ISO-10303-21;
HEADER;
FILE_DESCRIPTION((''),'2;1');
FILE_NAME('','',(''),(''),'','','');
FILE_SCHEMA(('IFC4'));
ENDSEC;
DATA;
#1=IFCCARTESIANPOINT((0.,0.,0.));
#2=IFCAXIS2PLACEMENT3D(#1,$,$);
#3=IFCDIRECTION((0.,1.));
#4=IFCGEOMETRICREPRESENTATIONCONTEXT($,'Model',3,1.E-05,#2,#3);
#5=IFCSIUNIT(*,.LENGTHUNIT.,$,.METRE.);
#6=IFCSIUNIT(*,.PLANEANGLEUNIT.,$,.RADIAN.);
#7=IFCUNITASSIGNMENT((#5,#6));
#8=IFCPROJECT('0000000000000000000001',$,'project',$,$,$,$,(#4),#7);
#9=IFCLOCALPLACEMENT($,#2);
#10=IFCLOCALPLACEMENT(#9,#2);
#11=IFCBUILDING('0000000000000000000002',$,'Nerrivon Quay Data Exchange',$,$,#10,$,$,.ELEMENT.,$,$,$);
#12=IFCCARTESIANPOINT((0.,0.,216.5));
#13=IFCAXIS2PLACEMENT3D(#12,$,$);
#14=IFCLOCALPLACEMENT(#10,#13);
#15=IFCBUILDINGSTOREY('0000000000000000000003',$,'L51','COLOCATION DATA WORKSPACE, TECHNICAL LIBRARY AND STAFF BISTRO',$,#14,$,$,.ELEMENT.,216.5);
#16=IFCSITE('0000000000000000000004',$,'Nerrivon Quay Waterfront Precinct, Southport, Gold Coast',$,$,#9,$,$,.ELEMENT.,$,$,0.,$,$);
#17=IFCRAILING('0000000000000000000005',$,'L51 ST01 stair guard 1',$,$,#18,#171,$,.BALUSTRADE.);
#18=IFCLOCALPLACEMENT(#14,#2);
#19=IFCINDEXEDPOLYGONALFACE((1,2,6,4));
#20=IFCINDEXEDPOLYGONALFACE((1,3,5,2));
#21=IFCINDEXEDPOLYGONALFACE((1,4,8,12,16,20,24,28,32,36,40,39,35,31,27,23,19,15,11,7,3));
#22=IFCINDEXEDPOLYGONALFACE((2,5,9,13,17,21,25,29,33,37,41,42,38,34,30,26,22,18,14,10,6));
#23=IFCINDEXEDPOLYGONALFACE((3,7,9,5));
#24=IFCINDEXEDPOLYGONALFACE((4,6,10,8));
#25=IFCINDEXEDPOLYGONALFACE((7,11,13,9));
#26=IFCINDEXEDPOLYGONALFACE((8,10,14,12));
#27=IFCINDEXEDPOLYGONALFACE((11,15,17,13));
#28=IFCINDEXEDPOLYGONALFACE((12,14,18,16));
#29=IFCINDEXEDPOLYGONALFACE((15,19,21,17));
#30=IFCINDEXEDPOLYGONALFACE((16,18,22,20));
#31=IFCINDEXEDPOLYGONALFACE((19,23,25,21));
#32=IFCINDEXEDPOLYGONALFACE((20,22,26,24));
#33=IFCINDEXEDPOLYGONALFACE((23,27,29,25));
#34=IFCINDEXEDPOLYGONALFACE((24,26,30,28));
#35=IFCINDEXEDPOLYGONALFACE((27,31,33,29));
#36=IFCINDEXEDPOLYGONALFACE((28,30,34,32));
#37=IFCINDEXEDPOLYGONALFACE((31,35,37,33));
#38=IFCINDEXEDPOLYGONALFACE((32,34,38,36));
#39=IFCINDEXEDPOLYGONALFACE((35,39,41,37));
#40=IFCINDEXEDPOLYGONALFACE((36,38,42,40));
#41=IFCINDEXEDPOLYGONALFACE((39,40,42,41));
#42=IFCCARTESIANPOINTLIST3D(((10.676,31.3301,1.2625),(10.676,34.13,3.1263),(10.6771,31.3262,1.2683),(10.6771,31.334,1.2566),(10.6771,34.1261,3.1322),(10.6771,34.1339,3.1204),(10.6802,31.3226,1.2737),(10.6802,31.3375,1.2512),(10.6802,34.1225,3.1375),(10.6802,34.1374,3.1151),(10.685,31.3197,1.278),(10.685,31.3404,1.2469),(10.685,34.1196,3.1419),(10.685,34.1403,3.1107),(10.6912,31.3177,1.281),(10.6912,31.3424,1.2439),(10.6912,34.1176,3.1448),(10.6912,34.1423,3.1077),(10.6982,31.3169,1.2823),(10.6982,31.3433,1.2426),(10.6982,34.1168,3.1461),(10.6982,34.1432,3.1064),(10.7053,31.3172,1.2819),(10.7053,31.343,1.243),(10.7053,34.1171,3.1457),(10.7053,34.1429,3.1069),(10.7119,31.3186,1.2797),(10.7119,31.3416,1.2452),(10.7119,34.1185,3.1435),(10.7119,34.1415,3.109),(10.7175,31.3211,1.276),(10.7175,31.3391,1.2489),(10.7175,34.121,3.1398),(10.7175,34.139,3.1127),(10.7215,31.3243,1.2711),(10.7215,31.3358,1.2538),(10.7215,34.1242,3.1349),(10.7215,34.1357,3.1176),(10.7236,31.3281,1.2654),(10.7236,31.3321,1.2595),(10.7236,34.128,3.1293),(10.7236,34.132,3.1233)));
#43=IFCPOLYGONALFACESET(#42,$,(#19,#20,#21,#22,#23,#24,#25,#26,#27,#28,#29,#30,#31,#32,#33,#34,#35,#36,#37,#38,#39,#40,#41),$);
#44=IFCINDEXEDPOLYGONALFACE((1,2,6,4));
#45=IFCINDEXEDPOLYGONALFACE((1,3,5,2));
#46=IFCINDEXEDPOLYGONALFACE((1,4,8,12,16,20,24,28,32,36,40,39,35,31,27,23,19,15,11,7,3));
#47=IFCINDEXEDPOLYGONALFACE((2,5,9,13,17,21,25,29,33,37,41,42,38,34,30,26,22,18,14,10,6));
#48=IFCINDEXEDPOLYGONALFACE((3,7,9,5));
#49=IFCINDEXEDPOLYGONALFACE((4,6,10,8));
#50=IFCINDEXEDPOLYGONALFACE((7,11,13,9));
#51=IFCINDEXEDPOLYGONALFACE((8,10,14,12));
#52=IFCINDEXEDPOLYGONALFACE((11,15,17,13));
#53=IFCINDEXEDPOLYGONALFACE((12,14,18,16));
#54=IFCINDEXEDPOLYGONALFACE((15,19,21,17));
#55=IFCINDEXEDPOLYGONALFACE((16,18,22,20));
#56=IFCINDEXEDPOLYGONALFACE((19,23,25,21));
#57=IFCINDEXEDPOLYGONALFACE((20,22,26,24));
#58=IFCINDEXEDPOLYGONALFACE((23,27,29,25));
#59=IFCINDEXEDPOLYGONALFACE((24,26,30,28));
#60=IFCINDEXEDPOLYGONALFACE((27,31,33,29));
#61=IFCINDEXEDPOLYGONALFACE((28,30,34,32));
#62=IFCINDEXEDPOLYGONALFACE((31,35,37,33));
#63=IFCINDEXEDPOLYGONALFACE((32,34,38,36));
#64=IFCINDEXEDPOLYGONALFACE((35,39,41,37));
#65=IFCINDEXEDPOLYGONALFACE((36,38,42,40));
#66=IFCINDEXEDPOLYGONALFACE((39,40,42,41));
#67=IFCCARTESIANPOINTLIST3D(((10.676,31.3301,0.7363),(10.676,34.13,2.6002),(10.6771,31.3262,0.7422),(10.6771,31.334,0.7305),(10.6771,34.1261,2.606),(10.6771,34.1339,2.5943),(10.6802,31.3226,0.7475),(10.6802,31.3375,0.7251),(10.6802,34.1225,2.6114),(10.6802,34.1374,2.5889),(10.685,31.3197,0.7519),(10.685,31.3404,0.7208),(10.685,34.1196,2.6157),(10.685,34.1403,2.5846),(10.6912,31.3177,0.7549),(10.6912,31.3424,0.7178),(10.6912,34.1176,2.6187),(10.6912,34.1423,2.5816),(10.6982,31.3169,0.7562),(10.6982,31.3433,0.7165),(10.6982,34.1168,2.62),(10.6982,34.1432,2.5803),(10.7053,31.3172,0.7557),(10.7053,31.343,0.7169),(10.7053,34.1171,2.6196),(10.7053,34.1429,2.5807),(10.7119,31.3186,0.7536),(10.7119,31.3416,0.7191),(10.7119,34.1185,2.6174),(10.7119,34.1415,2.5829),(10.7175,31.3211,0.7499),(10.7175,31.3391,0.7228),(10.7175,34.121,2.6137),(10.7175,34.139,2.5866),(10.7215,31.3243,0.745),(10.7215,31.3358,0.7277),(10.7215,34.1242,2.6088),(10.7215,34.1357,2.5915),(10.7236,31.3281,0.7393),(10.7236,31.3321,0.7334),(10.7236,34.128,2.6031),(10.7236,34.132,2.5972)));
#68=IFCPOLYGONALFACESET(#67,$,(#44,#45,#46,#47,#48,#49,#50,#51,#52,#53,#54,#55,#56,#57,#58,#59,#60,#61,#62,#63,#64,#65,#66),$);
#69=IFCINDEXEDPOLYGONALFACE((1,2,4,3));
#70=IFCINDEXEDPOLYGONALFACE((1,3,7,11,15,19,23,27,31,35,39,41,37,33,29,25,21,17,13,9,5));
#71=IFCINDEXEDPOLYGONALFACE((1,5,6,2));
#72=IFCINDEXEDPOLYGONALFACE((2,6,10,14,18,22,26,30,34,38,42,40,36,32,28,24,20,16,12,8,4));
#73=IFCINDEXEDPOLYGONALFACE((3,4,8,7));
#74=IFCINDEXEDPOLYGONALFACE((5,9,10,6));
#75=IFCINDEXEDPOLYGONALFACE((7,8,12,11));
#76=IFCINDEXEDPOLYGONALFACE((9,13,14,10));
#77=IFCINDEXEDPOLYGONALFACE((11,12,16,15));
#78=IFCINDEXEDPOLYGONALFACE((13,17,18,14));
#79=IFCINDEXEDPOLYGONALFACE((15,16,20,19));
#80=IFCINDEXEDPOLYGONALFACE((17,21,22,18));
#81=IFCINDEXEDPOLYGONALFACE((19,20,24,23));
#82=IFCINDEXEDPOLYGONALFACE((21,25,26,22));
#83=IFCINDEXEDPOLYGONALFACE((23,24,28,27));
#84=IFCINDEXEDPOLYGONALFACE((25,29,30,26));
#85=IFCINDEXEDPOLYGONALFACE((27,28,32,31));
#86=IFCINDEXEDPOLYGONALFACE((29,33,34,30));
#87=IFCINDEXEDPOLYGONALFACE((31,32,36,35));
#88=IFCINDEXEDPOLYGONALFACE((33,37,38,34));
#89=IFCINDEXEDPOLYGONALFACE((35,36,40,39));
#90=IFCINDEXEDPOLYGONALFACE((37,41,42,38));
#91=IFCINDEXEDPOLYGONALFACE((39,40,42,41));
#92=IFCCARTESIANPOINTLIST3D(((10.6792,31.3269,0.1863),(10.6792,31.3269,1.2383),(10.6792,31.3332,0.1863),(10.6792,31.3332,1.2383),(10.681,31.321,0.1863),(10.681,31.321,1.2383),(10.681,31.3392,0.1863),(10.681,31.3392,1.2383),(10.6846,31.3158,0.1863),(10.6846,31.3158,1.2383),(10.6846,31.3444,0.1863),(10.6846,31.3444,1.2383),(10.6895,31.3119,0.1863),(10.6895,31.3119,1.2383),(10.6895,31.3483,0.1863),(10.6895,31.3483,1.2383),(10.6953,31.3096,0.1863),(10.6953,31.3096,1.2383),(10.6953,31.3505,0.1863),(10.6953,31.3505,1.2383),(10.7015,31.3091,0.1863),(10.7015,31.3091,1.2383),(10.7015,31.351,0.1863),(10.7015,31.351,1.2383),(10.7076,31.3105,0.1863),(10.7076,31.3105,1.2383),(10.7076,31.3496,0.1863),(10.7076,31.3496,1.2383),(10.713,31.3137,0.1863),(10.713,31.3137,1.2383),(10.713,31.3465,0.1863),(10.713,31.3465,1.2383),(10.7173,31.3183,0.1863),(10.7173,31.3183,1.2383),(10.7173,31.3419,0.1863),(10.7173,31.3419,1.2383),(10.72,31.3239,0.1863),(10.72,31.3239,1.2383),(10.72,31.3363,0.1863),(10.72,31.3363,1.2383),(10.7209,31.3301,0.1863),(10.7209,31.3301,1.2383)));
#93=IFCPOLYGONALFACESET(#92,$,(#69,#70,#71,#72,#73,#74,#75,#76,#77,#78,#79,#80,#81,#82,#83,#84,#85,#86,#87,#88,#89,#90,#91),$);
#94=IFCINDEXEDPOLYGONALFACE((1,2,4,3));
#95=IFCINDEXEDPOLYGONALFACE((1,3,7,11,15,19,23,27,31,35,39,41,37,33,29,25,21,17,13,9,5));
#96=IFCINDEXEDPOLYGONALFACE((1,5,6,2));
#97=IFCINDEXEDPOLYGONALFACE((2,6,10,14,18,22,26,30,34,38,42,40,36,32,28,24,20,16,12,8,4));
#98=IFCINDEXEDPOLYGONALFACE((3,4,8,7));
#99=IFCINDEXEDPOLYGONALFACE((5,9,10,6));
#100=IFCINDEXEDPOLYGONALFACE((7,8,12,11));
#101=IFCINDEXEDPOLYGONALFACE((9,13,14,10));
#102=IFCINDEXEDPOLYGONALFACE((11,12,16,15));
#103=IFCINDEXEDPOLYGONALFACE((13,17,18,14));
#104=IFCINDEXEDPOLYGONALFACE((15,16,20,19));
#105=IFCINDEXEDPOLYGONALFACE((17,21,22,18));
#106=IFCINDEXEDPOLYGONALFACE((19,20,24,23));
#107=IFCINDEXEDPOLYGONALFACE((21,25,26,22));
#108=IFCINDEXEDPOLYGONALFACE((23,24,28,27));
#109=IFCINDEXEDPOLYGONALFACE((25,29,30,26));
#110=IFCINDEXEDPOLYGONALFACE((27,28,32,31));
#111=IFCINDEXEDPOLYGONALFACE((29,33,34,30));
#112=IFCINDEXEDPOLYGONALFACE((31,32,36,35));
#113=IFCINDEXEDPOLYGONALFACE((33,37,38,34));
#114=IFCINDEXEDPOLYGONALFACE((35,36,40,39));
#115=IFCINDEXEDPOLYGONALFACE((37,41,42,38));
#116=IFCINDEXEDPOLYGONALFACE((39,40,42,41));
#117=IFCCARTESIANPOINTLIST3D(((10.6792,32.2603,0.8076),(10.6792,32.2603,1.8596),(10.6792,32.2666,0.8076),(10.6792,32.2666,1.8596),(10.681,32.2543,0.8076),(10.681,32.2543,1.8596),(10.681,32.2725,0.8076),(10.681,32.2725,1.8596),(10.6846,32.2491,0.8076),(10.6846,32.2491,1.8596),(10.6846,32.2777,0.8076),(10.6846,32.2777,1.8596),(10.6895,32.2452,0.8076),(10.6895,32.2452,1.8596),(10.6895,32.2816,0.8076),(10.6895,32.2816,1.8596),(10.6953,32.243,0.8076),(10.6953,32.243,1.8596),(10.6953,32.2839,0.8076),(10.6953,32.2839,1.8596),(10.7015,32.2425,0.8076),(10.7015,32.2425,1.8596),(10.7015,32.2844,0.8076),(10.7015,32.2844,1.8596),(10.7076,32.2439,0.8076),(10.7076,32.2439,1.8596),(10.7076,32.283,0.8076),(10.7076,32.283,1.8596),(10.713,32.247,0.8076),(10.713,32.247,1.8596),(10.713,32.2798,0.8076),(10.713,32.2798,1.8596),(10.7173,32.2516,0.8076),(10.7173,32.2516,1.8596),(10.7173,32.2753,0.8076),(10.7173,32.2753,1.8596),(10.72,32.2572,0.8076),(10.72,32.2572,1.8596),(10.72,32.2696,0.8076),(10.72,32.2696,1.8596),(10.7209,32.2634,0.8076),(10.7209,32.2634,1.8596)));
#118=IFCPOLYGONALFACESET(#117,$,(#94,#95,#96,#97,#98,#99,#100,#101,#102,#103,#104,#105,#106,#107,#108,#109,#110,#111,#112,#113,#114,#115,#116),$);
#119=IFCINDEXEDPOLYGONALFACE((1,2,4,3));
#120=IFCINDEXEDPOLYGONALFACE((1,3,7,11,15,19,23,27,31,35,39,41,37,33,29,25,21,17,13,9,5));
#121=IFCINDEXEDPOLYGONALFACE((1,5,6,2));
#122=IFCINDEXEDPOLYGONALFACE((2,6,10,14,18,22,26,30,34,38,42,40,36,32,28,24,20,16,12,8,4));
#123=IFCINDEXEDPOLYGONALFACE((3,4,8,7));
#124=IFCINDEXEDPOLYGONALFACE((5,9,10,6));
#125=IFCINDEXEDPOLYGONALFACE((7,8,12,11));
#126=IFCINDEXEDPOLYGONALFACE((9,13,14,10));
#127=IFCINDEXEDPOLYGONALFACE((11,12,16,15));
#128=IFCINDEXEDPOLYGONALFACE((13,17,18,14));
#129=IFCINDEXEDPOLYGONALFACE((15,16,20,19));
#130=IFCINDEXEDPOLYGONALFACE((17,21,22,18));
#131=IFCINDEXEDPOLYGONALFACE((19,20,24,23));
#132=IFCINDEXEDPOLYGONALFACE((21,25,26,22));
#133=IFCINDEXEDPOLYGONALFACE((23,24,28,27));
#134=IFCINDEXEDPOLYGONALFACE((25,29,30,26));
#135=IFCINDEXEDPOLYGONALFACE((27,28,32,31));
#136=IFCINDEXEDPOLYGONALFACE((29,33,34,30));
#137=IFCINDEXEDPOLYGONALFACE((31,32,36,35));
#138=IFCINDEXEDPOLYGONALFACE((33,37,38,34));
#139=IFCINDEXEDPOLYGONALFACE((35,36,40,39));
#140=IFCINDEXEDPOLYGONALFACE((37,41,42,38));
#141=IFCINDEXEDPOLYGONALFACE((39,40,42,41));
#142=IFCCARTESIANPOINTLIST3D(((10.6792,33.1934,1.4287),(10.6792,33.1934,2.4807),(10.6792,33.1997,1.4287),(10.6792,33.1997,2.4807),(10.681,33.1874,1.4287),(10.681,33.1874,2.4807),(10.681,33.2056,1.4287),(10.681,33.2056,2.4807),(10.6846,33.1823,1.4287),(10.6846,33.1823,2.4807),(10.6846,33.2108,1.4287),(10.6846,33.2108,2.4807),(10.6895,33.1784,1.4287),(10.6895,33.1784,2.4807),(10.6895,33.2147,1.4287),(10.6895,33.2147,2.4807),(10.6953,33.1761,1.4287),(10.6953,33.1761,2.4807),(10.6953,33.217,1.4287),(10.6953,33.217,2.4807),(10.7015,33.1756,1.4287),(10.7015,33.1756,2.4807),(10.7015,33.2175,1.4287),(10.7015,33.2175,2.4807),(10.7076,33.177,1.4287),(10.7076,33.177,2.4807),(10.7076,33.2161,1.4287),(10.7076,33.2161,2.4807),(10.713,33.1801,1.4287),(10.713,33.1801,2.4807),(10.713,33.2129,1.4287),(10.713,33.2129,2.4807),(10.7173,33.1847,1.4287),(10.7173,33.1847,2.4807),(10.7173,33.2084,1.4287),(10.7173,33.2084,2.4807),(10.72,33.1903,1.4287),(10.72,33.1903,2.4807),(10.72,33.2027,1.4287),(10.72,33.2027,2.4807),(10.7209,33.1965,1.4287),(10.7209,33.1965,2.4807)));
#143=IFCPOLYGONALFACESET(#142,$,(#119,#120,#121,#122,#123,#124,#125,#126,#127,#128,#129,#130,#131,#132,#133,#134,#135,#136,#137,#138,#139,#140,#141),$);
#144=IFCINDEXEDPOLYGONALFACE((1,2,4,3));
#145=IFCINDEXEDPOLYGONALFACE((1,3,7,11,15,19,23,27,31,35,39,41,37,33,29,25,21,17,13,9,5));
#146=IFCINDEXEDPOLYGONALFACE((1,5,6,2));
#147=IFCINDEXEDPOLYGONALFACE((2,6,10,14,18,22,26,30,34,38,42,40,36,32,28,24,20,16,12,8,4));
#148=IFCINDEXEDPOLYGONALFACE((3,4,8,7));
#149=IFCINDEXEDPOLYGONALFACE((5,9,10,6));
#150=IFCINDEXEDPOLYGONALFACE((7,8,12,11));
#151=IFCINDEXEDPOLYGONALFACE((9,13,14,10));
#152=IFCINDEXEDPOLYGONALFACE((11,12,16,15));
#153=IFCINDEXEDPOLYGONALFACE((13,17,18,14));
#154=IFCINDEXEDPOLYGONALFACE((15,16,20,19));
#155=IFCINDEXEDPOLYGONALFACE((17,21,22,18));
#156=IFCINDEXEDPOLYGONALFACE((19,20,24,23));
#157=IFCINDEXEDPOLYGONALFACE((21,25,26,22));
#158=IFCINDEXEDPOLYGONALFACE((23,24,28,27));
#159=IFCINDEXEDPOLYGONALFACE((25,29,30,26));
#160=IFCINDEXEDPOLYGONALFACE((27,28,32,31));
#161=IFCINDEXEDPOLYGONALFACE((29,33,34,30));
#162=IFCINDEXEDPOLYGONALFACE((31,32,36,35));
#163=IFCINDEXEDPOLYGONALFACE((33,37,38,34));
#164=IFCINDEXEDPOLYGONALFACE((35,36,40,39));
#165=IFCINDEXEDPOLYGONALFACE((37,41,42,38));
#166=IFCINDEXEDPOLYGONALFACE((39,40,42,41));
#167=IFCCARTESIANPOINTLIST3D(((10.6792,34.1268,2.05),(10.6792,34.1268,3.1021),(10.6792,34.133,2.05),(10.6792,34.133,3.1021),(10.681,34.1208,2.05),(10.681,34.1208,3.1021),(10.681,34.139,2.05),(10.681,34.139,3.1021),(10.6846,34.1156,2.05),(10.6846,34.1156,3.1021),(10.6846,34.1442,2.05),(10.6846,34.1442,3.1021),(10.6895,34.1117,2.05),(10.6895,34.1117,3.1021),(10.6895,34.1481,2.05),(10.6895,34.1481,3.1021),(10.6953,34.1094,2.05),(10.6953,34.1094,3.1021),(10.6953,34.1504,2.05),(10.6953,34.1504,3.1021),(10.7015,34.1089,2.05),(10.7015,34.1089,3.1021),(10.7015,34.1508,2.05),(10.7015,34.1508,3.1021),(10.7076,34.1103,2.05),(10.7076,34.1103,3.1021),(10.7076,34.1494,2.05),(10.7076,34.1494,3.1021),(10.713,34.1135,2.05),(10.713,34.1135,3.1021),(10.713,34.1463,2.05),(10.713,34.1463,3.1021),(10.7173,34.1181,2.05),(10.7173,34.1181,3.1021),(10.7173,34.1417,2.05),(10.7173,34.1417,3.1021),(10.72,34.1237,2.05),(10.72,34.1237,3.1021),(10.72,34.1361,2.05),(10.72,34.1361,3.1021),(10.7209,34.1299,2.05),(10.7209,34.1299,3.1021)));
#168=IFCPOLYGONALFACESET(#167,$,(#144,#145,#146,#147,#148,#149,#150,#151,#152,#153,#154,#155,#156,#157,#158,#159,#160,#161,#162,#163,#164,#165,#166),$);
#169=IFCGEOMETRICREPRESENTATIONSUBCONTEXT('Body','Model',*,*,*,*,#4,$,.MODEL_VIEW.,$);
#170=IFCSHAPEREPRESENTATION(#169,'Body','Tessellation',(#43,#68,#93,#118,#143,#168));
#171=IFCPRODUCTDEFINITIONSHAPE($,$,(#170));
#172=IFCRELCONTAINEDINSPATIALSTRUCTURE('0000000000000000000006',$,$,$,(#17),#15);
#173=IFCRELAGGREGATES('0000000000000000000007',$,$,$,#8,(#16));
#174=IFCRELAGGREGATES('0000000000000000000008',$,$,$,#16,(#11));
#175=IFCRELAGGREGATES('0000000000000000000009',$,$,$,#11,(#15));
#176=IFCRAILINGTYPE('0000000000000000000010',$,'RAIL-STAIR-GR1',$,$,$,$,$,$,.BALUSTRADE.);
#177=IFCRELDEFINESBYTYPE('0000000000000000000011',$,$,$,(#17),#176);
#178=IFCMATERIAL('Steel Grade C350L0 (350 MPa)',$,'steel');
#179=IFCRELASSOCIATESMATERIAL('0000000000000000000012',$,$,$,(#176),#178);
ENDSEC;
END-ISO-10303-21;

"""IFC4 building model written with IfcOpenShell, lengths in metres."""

from ifc_helpers import new_model, si_unit, direction, frame, origin, origin_2d, place, context, subcontext, project, spatial, circle, extrude, material, type_object, element, save


model = new_model("IFC4")

# Units and contexts
model_context = context("Model", 3, precision=1e-05, world=origin(), true_north=direction((0.0, 1.0)))
body_context = subcontext(model_context, "Body", "Model", "MODEL_VIEW")
ifc_project = project(units=[si_unit("LENGTHUNIT", "METRE"), si_unit("PLANEANGLEUNIT", "RADIAN")], contexts=[model_context])

# Site, building, storey
site_placement = place(None, origin())
site = spatial("IfcSite", under=ifc_project, at=site_placement, Name="Nerrivon Quay Waterfront Precinct, Southport, Gold Coast", CompositionType="ELEMENT", RefElevation=0.0)
building_placement = place(site_placement, origin())
building = spatial("IfcBuilding", under=site, at=building_placement, Name="Nerrivon Quay Data Exchange", CompositionType="ELEMENT")
storey_placement = place(building_placement, frame((0.0, 0.0, 216.5)))
storey = spatial("IfcBuildingStorey", under=building, at=storey_placement, Name="L51", Description="COLOCATION DATA WORKSPACE, TECHNICAL LIBRARY AND STAFF BISTRO", CompositionType="ELEMENT", Elevation=216.5)

# Railing
ifc_material_1 = material(Name="Steel Grade C350L0 (350 MPa)", Category="steel")
railing_type_1 = type_object("IfcRailingType", Name="RAIL-STAIR-GR1", PredefinedType="BALUSTRADE", material=ifc_material_1)
railing_1_placement = place(storey_placement, frame((10.7, 31.3301, 0.1863)))
element("IfcRailing", 1, at=railing_1_placement, inside=storey, type_object=railing_type_1, Name="L51 ST01 stair guard 1", PredefinedType="BALUSTRADE", context=body_context, shape_type="SweptSolid", body=[
    extrude(circle(Radius=0.0239, at=origin_2d()), frame((0.0, 0.0, 1.0762), z_axis=(0.0, 0.83243, 0.554131), x_axis=(-1.0, 0.0, 0.0)), (0.0, 0.0, 1.0), 3.3635),
    extrude(circle(Radius=0.0239, at=origin_2d()), frame((0.0, 0.0, 0.55), z_axis=(0.0, 0.83243, 0.554131), x_axis=(-1.0, 0.0, 0.0)), (0.0, 0.0, 1.0), 3.3635),
    extrude(circle(Radius=0.021, at=origin_2d()), origin(), (0.0, 0.0, 1.0), 1.052),
    extrude(circle(Radius=0.021, at=origin_2d()), frame((0.0, 0.9333, 0.6213)), (0.0, 0.0, 1.0), 1.052),
    extrude(circle(Radius=0.021, at=origin_2d()), frame((0.0, 1.8665, 1.2424)), (0.0, 0.0, 1.0), 1.052),
    extrude(circle(Radius=0.021, at=origin_2d()), frame((0.0, 2.7998, 1.8638)), (0.0, 0.0, 1.0), 1.052),
])

save(model, "model.ifc")
